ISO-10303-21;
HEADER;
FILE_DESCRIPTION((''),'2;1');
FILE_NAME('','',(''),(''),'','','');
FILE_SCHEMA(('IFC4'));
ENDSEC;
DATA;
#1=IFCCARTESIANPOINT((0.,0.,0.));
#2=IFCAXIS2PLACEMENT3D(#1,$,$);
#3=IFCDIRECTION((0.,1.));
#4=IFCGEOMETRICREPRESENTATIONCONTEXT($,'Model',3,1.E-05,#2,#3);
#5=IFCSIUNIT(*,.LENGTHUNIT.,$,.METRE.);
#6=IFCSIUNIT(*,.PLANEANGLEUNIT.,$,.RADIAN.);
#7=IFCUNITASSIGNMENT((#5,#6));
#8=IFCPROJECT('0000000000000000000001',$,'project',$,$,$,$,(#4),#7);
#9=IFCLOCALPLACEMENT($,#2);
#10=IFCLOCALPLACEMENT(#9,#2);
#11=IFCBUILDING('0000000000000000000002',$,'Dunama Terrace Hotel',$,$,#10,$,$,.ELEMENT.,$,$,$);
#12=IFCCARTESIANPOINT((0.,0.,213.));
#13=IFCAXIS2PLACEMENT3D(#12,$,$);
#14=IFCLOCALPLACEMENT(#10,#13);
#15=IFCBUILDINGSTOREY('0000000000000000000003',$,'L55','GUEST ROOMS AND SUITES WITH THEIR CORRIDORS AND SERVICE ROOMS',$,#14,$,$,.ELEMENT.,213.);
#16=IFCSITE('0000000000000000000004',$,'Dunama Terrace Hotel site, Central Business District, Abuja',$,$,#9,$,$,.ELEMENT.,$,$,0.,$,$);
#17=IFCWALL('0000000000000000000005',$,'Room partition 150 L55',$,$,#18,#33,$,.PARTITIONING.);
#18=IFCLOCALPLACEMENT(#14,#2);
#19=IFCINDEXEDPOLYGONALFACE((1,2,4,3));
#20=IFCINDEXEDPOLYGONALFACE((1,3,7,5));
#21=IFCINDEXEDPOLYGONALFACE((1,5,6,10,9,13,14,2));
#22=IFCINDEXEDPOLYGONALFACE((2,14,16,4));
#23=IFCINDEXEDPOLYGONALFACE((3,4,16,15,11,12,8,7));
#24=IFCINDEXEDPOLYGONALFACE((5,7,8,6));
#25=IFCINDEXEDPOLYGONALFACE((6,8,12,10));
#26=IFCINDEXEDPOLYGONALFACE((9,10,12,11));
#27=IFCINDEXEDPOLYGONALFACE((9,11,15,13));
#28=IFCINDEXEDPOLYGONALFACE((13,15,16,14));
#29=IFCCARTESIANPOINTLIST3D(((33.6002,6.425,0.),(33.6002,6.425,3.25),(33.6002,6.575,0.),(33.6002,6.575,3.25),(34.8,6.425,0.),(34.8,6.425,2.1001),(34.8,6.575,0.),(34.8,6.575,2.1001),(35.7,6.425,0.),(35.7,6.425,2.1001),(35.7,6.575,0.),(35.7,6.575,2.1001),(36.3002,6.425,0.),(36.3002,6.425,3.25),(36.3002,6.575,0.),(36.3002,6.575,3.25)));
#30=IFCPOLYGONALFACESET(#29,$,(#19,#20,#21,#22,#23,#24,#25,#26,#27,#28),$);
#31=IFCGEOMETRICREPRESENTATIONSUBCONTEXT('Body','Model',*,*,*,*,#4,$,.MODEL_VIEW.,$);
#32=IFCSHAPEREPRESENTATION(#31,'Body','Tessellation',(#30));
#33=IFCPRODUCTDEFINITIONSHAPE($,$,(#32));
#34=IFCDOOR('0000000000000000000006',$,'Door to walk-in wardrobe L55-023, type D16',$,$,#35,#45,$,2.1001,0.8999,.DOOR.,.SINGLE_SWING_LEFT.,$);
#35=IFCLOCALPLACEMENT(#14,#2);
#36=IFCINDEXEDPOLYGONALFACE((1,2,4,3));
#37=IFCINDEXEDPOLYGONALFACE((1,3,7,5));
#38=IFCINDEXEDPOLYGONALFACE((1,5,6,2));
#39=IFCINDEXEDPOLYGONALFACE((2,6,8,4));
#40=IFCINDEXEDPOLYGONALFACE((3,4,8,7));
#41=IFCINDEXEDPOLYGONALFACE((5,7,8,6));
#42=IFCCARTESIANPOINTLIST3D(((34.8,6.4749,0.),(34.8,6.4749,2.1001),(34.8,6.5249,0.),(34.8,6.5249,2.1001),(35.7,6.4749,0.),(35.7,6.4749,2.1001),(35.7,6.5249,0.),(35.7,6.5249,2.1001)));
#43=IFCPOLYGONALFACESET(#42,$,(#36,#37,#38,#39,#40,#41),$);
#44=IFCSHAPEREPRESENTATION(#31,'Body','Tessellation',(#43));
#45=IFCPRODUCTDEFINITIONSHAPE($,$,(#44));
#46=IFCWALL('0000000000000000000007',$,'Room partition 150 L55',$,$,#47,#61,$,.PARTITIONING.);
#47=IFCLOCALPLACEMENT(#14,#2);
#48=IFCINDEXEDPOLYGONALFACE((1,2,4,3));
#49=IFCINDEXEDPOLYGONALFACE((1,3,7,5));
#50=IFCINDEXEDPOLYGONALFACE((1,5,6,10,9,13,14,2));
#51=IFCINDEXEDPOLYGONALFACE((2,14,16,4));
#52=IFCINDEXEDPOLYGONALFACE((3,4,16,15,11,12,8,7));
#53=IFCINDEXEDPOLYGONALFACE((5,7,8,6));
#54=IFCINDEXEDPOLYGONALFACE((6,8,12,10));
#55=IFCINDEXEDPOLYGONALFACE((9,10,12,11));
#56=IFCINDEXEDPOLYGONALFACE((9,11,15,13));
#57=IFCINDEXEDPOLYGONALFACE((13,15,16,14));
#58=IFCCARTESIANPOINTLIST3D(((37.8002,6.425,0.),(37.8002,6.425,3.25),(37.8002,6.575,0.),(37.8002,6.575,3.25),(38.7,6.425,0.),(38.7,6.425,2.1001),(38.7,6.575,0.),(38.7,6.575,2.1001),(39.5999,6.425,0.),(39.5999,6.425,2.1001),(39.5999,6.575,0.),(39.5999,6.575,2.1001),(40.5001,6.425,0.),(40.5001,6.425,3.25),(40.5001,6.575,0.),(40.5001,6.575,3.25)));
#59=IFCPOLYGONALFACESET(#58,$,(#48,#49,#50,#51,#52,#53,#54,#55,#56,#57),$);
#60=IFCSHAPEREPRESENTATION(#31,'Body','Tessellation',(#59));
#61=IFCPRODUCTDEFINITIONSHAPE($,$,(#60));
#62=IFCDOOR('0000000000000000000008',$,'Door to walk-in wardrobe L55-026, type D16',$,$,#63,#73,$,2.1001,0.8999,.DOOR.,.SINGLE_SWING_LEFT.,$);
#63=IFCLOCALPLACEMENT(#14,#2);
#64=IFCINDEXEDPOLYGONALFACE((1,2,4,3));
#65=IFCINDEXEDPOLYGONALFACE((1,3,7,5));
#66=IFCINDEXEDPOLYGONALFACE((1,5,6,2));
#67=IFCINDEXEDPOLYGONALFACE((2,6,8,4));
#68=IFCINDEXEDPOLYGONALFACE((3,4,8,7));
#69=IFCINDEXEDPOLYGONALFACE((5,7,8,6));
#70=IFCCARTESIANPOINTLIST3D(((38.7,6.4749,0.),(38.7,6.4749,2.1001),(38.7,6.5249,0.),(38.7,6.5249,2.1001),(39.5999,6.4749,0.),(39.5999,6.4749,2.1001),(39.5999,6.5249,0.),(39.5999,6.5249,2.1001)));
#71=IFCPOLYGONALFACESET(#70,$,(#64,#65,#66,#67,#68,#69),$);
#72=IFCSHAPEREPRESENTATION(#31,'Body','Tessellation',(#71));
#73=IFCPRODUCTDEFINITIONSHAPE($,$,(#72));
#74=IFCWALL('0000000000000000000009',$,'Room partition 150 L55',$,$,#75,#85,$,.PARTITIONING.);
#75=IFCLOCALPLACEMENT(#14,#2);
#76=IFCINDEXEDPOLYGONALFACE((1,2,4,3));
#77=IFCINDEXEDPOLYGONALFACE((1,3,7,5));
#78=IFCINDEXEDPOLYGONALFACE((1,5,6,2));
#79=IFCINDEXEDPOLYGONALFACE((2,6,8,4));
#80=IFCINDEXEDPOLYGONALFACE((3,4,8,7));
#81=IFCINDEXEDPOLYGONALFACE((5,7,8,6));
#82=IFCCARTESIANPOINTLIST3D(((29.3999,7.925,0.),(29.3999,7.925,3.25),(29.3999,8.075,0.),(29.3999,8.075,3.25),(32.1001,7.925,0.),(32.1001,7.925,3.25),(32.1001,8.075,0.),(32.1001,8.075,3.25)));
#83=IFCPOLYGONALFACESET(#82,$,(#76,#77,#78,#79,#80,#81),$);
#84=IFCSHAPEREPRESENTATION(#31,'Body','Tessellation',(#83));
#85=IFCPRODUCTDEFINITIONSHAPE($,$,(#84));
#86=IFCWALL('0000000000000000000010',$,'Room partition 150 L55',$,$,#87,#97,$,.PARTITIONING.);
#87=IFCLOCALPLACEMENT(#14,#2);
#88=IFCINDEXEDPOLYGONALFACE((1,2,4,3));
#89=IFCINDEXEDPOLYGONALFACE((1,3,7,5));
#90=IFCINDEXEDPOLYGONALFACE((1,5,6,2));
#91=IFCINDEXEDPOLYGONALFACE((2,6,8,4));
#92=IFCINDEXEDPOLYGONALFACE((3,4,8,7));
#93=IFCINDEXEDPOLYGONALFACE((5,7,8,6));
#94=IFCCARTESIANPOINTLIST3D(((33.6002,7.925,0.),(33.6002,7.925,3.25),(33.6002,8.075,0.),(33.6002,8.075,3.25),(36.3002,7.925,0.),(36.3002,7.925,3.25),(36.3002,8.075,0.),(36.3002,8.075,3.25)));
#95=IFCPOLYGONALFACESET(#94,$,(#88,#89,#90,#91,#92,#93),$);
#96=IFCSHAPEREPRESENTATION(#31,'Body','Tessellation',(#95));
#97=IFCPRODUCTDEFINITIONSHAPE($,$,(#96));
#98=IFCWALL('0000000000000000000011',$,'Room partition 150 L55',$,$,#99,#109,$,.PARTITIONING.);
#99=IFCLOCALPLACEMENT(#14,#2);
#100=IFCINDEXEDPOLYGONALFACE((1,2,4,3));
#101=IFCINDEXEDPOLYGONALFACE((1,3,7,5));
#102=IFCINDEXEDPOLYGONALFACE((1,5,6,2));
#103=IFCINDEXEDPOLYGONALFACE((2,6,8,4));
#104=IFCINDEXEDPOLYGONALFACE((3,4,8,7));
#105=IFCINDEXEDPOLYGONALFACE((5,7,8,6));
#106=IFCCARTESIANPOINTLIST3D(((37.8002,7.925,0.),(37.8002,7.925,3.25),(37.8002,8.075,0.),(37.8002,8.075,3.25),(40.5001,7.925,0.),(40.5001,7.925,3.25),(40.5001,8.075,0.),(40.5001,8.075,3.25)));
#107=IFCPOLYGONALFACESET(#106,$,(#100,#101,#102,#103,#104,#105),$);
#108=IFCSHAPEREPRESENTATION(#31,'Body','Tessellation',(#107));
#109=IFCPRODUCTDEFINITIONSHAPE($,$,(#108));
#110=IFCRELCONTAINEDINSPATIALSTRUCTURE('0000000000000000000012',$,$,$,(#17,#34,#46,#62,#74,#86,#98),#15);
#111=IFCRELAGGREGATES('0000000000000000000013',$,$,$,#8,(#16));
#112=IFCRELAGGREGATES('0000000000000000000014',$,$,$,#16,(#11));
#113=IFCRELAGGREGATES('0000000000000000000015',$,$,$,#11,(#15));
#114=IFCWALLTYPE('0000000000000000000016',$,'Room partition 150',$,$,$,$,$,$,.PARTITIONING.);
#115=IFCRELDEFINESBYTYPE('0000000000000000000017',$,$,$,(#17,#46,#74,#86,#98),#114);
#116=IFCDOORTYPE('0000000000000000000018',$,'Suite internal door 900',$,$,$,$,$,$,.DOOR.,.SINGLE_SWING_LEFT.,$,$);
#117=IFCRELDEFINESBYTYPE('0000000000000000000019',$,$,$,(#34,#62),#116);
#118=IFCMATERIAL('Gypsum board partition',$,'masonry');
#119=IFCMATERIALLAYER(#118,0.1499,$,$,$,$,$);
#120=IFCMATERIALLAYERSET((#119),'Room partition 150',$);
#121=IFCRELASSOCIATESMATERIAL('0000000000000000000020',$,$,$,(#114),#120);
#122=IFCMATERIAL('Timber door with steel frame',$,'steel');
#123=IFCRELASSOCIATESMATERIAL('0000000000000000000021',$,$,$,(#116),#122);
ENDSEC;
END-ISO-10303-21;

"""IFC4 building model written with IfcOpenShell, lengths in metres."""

from ifc_helpers import new_model, si_unit, direction, frame, frame_2d, origin, place, context, subcontext, project, spatial, rectangle, extrude, material, layer, layer_set, type_object, element, fill, save


model = new_model("IFC4")

# Units and contexts
model_context = context("Model", 3, precision=1e-05, world=origin(), true_north=direction((0.0, 1.0)))
body_context = subcontext(model_context, "Body", "Model", "MODEL_VIEW")
ifc_project = project(units=[si_unit("LENGTHUNIT", "METRE"), si_unit("PLANEANGLEUNIT", "RADIAN")], contexts=[model_context])

# Site, building, storey
site_placement = place(None, origin())
site = spatial("IfcSite", under=ifc_project, at=site_placement, Name="Dunama Terrace Hotel site, Central Business District, Abuja", CompositionType="ELEMENT", RefElevation=0.0)
building_placement = place(site_placement, origin())
building = spatial("IfcBuilding", under=site, at=building_placement, Name="Dunama Terrace Hotel", CompositionType="ELEMENT")
storey_placement = place(building_placement, frame((0.0, 0.0, 213.0)))
storey = spatial("IfcBuildingStorey", under=building, at=storey_placement, Name="L55", Description="GUEST ROOMS AND SUITES WITH THEIR CORRIDORS AND SERVICE ROOMS", CompositionType="ELEMENT", Elevation=213.0)

# Shared definitions
ifc_material_1 = material(Name="Gypsum board partition", Category="masonry")
ifc_layer_1 = layer(ifc_material_1, 0.1499)
ifc_layer_set_1 = layer_set([ifc_layer_1], Name="Room partition 150")
wall_type_1 = type_object("IfcWallType", Name="Room partition 150", PredefinedType="PARTITIONING", material=ifc_layer_set_1)

# Walls, openings, doors
ifc_material_2 = material(Name="Timber door with steel frame", Category="steel")
door_type_1 = type_object("IfcDoorType", Name="Suite internal door 900", OperationType="SINGLE_SWING_LEFT", PredefinedType="DOOR", material=ifc_material_2)
wall_1_placement = place(storey_placement, frame((33.6001, 6.5, 0.0), z_axis=(0.0, 0.0, 1.0), x_axis=(1.0, 0.0, 0.0)))
wall_1 = element("IfcWall", 1, at=wall_1_placement, inside=storey, type_object=wall_type_1, Name="Room partition 150 L55", PredefinedType="PARTITIONING", context=body_context, shape_type="SweptSolid", body=[
    extrude(rectangle(XDim=2.7, YDim=0.1499, at=frame_2d((1.3501, 0.0))), origin(), (0.0, 0.0, 1.0), 3.25),
])
opening_1_placement = place(wall_1_placement, frame((1.2, 0.0, 0.0)))
opening_1 = element("IfcOpeningElement", 2, at=opening_1_placement, cuts=wall_1, PredefinedType="OPENING", context=body_context, shape_type="SweptSolid", body=[
    extrude(rectangle(XDim=0.8999, YDim=2.1001, at=frame_2d((0.45, 1.05))), frame((0.0, 0.085, 0.0), z_axis=(0.0, -1.0, 0.0), x_axis=(1.0, 0.0, 0.0)), (0.0, 0.0, 1.0), 0.1699),
])
door_1_placement = place(opening_1_placement, origin())
door_1 = element("IfcDoor", 3, at=door_1_placement, inside=storey, type_object=door_type_1, Name="Door to walk-in wardrobe L55-023, type D16", OperationType="SINGLE_SWING_LEFT", OverallHeight=2.1001, OverallWidth=0.8999, PredefinedType="DOOR", context=body_context, shape_type="SweptSolid", body=[
    extrude(rectangle(XDim=0.8999, YDim=2.1001, at=frame_2d((0.45, 1.05))), frame((0.0, 0.0249, 0.0), z_axis=(0.0, -1.0, 0.0), x_axis=(1.0, 0.0, 0.0)), (0.0, 0.0, 1.0), 0.05),
])
fill(opening_1, door_1)
wall_2_placement = place(storey_placement, frame((37.8, 6.5, 0.0), z_axis=(0.0, 0.0, 1.0), x_axis=(1.0, 0.0, 0.0)))
wall_2 = element("IfcWall", 4, at=wall_2_placement, inside=storey, type_object=wall_type_1, Name="Room partition 150 L55", PredefinedType="PARTITIONING", context=body_context, shape_type="SweptSolid", body=[
    extrude(rectangle(XDim=2.7, YDim=0.1499, at=frame_2d((1.3501, 0.0))), origin(), (0.0, 0.0, 1.0), 3.25),
])
opening_2_placement = place(wall_2_placement, frame((0.8999, 0.0, 0.0)))
opening_2 = element("IfcOpeningElement", 5, at=opening_2_placement, cuts=wall_2, PredefinedType="OPENING", context=body_context, shape_type="SweptSolid", body=[
    extrude(rectangle(XDim=0.8999, YDim=2.1001, at=frame_2d((0.45, 1.05))), frame((0.0, 0.085, 0.0), z_axis=(0.0, -1.0, 0.0), x_axis=(1.0, 0.0, 0.0)), (0.0, 0.0, 1.0), 0.1699),
])
door_2_placement = place(opening_2_placement, origin())
door_2 = element("IfcDoor", 6, at=door_2_placement, inside=storey, type_object=door_type_1, Name="Door to walk-in wardrobe L55-026, type D16", OperationType="SINGLE_SWING_LEFT", OverallHeight=2.1001, OverallWidth=0.8999, PredefinedType="DOOR", context=body_context, shape_type="SweptSolid", body=[
    extrude(rectangle(XDim=0.8999, YDim=2.1001, at=frame_2d((0.45, 1.05))), frame((0.0, 0.0249, 0.0), z_axis=(0.0, -1.0, 0.0), x_axis=(1.0, 0.0, 0.0)), (0.0, 0.0, 1.0), 0.05),
])
fill(opening_2, door_2)

# Walls
wall_3_placement = place(storey_placement, frame((29.3999, 8.0, 0.0), z_axis=(0.0, 0.0, 1.0), x_axis=(1.0, 0.0, 0.0)))
element("IfcWall", 7, at=wall_3_placement, inside=storey, type_object=wall_type_1, Name="Room partition 150 L55", PredefinedType="PARTITIONING", context=body_context, shape_type="SweptSolid", body=[
    extrude(rectangle(XDim=2.7002, YDim=0.1499, at=frame_2d((1.3501, 0.0))), origin(), (0.0, 0.0, 1.0), 3.25),
])
for number, where, z_axis, x_axis, name in (
    (8, (33.6001, 8.0, 0.0), (0.0, 0.0, 1.0), (1.0, 0.0, 0.0), "Room partition 150 L55"),
    (9, (37.8, 8.0, 0.0), (0.0, 0.0, 1.0), (1.0, 0.0, 0.0), "Room partition 150 L55"),
):
    element("IfcWall", number, at=place(storey_placement, frame(where, z_axis=z_axis, x_axis=x_axis)), inside=storey, type_object=wall_type_1, Name=name, PredefinedType="PARTITIONING", context=body_context, shape_type="SweptSolid", body=[
        extrude(rectangle(XDim=2.7, YDim=0.1499, at=frame_2d((1.3501, 0.0))), origin(), (0.0, 0.0, 1.0), 3.25),
    ])

save(model, "model.ifc")
